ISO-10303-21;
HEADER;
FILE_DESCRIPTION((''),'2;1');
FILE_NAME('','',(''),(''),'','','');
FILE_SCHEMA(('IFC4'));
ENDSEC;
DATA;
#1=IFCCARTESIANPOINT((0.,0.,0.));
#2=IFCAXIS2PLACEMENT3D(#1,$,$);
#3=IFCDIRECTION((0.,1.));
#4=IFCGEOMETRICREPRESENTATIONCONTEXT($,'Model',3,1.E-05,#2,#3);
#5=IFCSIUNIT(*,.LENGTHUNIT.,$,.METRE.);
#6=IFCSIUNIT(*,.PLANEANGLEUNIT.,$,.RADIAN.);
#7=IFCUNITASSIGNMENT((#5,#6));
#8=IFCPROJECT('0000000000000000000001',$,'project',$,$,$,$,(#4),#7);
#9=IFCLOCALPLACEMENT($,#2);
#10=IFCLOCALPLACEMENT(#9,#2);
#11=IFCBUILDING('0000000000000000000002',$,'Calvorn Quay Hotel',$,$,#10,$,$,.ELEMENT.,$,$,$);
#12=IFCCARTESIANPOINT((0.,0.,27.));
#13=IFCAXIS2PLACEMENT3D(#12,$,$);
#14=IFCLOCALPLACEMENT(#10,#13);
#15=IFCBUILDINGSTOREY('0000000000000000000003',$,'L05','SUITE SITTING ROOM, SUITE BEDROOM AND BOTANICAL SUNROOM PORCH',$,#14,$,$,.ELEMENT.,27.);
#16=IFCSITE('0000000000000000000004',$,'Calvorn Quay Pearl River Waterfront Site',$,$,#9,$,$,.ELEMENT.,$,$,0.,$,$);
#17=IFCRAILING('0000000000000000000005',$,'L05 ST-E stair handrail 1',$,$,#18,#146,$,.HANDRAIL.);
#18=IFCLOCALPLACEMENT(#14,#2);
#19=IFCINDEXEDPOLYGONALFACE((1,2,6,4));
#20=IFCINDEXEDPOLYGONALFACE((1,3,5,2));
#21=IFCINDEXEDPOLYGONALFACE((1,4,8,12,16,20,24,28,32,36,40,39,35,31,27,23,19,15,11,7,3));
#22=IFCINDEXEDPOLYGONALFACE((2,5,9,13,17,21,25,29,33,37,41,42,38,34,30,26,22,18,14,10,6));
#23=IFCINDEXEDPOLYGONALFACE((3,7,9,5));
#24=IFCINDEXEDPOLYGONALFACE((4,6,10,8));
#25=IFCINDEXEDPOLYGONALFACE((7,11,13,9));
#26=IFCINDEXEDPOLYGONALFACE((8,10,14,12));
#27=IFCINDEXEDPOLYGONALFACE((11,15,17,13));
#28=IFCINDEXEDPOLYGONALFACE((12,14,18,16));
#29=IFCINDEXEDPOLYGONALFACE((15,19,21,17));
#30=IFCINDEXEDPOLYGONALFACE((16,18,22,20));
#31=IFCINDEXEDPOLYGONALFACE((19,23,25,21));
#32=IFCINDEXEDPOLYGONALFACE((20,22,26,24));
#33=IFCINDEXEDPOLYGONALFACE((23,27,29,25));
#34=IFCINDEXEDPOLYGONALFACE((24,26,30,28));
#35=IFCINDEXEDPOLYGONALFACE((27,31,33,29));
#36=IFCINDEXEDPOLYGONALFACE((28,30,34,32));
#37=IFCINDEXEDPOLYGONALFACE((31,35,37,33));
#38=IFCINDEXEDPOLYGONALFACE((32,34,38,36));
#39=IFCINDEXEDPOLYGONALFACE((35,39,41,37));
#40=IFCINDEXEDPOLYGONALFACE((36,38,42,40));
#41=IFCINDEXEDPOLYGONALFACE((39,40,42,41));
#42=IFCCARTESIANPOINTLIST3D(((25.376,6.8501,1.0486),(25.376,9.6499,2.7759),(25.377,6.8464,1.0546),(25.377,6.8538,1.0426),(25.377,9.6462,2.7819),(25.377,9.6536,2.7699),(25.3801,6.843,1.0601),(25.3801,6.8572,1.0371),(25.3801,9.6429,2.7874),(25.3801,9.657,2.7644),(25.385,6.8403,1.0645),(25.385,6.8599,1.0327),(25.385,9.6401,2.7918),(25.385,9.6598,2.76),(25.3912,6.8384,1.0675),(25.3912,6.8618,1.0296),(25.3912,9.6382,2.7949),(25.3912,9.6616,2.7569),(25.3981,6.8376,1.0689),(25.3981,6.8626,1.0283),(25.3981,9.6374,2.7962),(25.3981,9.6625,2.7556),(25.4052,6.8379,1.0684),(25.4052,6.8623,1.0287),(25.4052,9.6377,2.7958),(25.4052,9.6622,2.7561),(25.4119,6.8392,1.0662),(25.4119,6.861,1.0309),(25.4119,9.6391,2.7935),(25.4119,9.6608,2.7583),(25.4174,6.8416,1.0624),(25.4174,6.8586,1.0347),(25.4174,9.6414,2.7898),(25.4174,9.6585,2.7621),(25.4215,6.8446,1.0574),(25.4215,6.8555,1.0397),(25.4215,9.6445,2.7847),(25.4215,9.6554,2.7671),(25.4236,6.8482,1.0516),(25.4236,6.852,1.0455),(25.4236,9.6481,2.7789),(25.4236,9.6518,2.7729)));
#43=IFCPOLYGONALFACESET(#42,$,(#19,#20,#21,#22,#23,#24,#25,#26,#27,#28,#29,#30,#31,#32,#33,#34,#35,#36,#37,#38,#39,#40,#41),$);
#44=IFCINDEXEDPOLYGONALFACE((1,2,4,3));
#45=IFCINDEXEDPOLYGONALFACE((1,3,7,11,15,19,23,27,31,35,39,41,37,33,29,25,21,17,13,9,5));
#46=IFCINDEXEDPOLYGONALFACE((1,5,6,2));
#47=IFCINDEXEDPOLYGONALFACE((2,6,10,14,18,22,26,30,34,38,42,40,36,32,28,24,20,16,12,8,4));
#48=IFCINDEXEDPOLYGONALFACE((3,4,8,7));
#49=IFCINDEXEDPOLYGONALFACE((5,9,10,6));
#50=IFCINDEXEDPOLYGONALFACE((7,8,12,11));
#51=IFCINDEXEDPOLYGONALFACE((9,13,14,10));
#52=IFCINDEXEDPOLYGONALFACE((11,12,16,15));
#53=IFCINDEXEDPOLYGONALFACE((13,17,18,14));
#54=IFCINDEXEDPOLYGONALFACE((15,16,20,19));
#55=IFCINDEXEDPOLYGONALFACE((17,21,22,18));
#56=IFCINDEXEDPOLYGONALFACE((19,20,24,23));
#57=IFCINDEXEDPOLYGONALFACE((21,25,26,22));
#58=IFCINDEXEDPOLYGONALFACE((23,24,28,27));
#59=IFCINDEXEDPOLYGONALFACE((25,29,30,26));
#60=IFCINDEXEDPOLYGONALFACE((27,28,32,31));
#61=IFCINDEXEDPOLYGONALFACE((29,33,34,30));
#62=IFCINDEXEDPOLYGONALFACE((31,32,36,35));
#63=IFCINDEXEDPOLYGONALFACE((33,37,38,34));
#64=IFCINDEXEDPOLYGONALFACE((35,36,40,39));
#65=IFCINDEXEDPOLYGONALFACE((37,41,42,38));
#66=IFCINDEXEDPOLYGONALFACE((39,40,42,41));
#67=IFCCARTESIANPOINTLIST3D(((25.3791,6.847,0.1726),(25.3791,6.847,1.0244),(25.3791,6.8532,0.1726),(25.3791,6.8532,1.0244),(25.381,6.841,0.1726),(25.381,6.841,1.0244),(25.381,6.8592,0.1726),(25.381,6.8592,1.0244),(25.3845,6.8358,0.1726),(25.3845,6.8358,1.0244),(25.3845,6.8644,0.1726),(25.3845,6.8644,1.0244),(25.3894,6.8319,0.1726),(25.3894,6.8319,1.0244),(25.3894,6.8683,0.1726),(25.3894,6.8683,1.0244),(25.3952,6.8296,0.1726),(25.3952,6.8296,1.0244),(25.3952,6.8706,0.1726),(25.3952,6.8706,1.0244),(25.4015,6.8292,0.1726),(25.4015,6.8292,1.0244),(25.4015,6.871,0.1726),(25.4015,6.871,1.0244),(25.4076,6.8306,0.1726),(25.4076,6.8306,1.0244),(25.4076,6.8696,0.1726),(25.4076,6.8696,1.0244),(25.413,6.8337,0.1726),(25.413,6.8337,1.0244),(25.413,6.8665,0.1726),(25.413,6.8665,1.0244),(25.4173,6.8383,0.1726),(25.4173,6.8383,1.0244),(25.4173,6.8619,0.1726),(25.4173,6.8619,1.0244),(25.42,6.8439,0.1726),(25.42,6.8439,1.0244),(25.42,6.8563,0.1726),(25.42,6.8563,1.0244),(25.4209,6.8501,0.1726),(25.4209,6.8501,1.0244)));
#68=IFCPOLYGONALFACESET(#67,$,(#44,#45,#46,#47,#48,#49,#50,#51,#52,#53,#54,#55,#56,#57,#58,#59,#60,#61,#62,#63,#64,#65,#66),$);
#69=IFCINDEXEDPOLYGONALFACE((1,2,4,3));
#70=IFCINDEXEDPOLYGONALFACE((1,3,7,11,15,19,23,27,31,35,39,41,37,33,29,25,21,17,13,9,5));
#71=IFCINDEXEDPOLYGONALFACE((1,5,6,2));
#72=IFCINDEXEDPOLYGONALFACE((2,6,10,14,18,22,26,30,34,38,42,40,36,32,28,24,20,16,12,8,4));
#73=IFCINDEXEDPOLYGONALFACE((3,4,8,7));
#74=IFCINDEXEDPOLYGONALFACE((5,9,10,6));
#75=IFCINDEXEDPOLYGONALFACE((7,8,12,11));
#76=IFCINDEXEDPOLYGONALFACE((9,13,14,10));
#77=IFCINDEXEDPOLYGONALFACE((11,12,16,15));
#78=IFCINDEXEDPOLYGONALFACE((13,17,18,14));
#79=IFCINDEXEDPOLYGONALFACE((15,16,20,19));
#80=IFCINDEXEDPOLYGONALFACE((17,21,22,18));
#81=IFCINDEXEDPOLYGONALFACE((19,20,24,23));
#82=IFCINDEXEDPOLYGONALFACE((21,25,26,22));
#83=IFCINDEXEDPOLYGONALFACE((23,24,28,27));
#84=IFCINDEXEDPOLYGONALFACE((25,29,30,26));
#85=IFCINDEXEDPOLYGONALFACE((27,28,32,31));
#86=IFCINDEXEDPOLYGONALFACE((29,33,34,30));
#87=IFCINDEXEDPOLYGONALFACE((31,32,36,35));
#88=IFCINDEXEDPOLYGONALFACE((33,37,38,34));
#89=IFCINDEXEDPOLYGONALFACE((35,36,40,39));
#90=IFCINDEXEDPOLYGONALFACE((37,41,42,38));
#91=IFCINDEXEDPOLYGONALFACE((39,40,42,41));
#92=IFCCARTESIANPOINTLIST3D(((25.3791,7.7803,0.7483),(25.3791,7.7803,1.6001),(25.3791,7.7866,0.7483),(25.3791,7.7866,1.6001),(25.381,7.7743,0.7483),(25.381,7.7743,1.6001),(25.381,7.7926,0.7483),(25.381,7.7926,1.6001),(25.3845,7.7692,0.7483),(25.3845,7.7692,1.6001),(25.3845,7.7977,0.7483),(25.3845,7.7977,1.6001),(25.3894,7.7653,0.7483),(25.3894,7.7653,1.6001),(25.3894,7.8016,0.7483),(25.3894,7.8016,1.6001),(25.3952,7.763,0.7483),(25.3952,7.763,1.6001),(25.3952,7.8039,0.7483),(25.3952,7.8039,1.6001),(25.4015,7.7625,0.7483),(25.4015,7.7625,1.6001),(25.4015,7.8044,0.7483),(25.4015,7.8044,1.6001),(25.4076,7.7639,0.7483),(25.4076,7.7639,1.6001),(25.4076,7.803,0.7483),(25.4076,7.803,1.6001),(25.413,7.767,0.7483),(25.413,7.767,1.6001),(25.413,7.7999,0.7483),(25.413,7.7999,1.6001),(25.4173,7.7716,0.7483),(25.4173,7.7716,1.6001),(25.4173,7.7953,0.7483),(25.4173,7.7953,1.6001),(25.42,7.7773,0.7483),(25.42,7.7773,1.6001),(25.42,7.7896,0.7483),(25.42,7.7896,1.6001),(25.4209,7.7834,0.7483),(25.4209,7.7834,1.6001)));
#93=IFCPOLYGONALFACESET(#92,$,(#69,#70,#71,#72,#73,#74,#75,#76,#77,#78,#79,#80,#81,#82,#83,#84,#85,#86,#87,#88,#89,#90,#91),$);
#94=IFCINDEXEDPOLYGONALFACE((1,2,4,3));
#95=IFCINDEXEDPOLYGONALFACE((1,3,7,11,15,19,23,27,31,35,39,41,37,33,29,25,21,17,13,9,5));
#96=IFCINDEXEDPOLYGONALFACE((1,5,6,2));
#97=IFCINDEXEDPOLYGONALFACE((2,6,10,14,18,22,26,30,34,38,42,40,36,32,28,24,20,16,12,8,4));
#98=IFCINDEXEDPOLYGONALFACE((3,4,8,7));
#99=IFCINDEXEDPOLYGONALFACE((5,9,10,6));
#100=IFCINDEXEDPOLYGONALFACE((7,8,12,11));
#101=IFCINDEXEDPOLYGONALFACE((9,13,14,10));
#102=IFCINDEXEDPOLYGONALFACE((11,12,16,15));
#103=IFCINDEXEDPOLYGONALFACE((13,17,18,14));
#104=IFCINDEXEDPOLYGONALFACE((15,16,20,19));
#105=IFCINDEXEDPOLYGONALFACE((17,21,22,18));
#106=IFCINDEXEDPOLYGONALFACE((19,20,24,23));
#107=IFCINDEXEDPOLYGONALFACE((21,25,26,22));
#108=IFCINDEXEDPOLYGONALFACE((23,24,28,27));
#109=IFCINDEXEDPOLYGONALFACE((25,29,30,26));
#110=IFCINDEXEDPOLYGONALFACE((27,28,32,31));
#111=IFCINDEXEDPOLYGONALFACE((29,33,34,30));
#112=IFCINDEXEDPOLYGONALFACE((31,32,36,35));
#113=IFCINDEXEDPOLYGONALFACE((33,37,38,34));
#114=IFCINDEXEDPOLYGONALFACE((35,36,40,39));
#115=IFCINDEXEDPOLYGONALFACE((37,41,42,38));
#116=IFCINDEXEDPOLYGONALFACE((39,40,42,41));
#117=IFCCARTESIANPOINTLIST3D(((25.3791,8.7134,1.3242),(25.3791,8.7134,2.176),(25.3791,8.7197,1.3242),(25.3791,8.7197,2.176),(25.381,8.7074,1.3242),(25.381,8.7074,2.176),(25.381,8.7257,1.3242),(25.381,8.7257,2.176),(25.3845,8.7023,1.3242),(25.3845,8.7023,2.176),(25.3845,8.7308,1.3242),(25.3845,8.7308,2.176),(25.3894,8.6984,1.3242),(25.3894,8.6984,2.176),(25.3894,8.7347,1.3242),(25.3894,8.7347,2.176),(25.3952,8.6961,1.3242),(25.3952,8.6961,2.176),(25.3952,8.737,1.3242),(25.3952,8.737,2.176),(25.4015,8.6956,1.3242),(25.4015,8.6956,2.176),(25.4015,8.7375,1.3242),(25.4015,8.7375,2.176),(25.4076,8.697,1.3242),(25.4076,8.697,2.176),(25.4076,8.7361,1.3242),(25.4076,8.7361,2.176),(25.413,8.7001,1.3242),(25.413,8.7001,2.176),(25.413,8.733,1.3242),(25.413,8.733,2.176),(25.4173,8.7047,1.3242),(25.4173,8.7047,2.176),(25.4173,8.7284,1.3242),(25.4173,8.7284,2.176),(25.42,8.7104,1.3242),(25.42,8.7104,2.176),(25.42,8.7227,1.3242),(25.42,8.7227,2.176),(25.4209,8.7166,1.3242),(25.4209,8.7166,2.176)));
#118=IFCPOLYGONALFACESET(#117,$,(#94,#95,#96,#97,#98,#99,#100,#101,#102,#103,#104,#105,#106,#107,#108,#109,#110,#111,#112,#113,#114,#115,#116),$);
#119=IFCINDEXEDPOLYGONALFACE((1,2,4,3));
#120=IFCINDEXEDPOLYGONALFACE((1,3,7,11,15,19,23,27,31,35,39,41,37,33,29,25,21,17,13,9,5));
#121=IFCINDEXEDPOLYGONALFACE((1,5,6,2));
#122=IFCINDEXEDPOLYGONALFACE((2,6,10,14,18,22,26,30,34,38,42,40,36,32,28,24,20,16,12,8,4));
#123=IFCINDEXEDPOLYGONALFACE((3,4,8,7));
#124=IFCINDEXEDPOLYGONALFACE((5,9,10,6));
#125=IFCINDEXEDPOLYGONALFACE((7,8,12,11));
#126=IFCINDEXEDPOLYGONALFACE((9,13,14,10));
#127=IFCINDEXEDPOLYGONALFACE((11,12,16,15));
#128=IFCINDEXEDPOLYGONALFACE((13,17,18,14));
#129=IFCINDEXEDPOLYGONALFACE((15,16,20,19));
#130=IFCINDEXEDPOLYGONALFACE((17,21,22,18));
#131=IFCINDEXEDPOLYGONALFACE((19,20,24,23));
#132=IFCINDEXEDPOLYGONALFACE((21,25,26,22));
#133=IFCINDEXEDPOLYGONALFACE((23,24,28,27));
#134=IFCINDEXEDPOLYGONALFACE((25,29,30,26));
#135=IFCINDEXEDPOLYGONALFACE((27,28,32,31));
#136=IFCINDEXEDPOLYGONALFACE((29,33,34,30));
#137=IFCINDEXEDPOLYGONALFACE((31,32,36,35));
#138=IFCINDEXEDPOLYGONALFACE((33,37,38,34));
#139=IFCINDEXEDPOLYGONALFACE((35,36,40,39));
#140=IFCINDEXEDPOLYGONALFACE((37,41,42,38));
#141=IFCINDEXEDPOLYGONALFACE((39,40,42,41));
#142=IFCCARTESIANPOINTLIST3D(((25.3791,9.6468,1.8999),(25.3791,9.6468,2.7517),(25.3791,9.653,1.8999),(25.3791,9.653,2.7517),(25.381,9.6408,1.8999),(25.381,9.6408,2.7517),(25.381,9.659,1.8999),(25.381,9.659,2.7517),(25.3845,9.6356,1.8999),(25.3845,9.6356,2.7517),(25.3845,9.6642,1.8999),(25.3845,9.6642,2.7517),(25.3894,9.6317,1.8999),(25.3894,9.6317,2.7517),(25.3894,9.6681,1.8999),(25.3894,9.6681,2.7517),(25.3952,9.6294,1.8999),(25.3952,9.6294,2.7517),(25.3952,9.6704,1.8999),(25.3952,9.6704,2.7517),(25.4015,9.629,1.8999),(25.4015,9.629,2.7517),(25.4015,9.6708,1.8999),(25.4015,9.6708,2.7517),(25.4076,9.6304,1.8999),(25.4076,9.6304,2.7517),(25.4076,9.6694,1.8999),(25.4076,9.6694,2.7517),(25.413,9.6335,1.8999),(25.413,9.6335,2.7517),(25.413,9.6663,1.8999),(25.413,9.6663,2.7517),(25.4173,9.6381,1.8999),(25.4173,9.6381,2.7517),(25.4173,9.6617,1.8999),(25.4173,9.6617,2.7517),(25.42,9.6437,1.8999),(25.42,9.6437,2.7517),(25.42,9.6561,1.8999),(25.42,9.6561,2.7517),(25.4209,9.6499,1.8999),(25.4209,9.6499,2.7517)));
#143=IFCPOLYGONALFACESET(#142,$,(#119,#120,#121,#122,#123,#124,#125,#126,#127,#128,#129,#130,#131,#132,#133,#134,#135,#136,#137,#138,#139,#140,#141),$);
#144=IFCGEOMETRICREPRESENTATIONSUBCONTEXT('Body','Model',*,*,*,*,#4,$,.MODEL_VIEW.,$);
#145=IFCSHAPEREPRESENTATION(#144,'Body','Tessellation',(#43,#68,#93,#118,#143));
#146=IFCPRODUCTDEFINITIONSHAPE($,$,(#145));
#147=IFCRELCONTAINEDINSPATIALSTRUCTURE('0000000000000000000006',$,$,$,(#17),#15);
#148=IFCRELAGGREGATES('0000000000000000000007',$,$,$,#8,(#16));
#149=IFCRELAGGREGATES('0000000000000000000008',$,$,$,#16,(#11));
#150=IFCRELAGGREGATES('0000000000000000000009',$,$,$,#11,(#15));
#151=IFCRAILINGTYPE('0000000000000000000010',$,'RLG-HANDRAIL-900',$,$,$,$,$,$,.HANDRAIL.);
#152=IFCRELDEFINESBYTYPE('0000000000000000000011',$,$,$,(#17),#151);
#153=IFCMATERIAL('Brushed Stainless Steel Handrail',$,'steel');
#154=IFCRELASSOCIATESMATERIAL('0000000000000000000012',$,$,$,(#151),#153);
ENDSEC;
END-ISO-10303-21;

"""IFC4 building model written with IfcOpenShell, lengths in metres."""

from ifc_helpers import new_model, si_unit, direction, frame, origin, origin_2d, place, context, subcontext, project, spatial, circle, extrude, material, type_object, element, save


model = new_model("IFC4")

# Units and contexts
model_context = context("Model", 3, precision=1e-05, world=origin(), true_north=direction((0.0, 1.0)))
body_context = subcontext(model_context, "Body", "Model", "MODEL_VIEW")
ifc_project = project(units=[si_unit("LENGTHUNIT", "METRE"), si_unit("PLANEANGLEUNIT", "RADIAN")], contexts=[model_context])

# Site, building, storey
site_placement = place(None, origin())
site = spatial("IfcSite", under=ifc_project, at=site_placement, Name="Calvorn Quay Pearl River Waterfront Site", CompositionType="ELEMENT", RefElevation=0.0)
building_placement = place(site_placement, origin())
building = spatial("IfcBuilding", under=site, at=building_placement, Name="Calvorn Quay Hotel", CompositionType="ELEMENT")
storey_placement = place(building_placement, frame((0.0, 0.0, 27.0)))
storey = spatial("IfcBuildingStorey", under=building, at=storey_placement, Name="L05", Description="SUITE SITTING ROOM, SUITE BEDROOM AND BOTANICAL SUNROOM PORCH", CompositionType="ELEMENT", Elevation=27.0)

# Railing
ifc_material_1 = material(Name="Brushed Stainless Steel Handrail", Category="steel")
railing_type_1 = type_object("IfcRailingType", Name="RLG-HANDRAIL-900", PredefinedType="HANDRAIL", material=ifc_material_1)
railing_1_placement = place(storey_placement, frame((25.3999, 6.8501, 0.1726)))
element("IfcRailing", 1, at=railing_1_placement, inside=storey, type_object=railing_type_1, Name="L05 ST-E stair handrail 1", PredefinedType="HANDRAIL", context=body_context, shape_type="SweptSolid", body=[
    extrude(circle(Radius=0.0239, at=origin_2d()), frame((0.0, 0.0, 0.876), z_axis=(0.0, 0.851069, 0.525054), x_axis=(-1.0, 0.0, 0.0)), (0.0, 0.0, 1.0), 3.2898),
    extrude(circle(Radius=0.021, at=origin_2d()), origin(), (0.0, 0.0, 1.0), 0.8518),
    extrude(circle(Radius=0.021, at=origin_2d()), frame((0.0, 0.9333, 0.5757)), (0.0, 0.0, 1.0), 0.8518),
    extrude(circle(Radius=0.021, at=origin_2d()), frame((0.0, 1.8665, 1.1516)), (0.0, 0.0, 1.0), 0.8518),
    extrude(circle(Radius=0.021, at=origin_2d()), frame((0.0, 2.7998, 1.7273)), (0.0, 0.0, 1.0), 0.8518),
])

save(model, "model.ifc")
